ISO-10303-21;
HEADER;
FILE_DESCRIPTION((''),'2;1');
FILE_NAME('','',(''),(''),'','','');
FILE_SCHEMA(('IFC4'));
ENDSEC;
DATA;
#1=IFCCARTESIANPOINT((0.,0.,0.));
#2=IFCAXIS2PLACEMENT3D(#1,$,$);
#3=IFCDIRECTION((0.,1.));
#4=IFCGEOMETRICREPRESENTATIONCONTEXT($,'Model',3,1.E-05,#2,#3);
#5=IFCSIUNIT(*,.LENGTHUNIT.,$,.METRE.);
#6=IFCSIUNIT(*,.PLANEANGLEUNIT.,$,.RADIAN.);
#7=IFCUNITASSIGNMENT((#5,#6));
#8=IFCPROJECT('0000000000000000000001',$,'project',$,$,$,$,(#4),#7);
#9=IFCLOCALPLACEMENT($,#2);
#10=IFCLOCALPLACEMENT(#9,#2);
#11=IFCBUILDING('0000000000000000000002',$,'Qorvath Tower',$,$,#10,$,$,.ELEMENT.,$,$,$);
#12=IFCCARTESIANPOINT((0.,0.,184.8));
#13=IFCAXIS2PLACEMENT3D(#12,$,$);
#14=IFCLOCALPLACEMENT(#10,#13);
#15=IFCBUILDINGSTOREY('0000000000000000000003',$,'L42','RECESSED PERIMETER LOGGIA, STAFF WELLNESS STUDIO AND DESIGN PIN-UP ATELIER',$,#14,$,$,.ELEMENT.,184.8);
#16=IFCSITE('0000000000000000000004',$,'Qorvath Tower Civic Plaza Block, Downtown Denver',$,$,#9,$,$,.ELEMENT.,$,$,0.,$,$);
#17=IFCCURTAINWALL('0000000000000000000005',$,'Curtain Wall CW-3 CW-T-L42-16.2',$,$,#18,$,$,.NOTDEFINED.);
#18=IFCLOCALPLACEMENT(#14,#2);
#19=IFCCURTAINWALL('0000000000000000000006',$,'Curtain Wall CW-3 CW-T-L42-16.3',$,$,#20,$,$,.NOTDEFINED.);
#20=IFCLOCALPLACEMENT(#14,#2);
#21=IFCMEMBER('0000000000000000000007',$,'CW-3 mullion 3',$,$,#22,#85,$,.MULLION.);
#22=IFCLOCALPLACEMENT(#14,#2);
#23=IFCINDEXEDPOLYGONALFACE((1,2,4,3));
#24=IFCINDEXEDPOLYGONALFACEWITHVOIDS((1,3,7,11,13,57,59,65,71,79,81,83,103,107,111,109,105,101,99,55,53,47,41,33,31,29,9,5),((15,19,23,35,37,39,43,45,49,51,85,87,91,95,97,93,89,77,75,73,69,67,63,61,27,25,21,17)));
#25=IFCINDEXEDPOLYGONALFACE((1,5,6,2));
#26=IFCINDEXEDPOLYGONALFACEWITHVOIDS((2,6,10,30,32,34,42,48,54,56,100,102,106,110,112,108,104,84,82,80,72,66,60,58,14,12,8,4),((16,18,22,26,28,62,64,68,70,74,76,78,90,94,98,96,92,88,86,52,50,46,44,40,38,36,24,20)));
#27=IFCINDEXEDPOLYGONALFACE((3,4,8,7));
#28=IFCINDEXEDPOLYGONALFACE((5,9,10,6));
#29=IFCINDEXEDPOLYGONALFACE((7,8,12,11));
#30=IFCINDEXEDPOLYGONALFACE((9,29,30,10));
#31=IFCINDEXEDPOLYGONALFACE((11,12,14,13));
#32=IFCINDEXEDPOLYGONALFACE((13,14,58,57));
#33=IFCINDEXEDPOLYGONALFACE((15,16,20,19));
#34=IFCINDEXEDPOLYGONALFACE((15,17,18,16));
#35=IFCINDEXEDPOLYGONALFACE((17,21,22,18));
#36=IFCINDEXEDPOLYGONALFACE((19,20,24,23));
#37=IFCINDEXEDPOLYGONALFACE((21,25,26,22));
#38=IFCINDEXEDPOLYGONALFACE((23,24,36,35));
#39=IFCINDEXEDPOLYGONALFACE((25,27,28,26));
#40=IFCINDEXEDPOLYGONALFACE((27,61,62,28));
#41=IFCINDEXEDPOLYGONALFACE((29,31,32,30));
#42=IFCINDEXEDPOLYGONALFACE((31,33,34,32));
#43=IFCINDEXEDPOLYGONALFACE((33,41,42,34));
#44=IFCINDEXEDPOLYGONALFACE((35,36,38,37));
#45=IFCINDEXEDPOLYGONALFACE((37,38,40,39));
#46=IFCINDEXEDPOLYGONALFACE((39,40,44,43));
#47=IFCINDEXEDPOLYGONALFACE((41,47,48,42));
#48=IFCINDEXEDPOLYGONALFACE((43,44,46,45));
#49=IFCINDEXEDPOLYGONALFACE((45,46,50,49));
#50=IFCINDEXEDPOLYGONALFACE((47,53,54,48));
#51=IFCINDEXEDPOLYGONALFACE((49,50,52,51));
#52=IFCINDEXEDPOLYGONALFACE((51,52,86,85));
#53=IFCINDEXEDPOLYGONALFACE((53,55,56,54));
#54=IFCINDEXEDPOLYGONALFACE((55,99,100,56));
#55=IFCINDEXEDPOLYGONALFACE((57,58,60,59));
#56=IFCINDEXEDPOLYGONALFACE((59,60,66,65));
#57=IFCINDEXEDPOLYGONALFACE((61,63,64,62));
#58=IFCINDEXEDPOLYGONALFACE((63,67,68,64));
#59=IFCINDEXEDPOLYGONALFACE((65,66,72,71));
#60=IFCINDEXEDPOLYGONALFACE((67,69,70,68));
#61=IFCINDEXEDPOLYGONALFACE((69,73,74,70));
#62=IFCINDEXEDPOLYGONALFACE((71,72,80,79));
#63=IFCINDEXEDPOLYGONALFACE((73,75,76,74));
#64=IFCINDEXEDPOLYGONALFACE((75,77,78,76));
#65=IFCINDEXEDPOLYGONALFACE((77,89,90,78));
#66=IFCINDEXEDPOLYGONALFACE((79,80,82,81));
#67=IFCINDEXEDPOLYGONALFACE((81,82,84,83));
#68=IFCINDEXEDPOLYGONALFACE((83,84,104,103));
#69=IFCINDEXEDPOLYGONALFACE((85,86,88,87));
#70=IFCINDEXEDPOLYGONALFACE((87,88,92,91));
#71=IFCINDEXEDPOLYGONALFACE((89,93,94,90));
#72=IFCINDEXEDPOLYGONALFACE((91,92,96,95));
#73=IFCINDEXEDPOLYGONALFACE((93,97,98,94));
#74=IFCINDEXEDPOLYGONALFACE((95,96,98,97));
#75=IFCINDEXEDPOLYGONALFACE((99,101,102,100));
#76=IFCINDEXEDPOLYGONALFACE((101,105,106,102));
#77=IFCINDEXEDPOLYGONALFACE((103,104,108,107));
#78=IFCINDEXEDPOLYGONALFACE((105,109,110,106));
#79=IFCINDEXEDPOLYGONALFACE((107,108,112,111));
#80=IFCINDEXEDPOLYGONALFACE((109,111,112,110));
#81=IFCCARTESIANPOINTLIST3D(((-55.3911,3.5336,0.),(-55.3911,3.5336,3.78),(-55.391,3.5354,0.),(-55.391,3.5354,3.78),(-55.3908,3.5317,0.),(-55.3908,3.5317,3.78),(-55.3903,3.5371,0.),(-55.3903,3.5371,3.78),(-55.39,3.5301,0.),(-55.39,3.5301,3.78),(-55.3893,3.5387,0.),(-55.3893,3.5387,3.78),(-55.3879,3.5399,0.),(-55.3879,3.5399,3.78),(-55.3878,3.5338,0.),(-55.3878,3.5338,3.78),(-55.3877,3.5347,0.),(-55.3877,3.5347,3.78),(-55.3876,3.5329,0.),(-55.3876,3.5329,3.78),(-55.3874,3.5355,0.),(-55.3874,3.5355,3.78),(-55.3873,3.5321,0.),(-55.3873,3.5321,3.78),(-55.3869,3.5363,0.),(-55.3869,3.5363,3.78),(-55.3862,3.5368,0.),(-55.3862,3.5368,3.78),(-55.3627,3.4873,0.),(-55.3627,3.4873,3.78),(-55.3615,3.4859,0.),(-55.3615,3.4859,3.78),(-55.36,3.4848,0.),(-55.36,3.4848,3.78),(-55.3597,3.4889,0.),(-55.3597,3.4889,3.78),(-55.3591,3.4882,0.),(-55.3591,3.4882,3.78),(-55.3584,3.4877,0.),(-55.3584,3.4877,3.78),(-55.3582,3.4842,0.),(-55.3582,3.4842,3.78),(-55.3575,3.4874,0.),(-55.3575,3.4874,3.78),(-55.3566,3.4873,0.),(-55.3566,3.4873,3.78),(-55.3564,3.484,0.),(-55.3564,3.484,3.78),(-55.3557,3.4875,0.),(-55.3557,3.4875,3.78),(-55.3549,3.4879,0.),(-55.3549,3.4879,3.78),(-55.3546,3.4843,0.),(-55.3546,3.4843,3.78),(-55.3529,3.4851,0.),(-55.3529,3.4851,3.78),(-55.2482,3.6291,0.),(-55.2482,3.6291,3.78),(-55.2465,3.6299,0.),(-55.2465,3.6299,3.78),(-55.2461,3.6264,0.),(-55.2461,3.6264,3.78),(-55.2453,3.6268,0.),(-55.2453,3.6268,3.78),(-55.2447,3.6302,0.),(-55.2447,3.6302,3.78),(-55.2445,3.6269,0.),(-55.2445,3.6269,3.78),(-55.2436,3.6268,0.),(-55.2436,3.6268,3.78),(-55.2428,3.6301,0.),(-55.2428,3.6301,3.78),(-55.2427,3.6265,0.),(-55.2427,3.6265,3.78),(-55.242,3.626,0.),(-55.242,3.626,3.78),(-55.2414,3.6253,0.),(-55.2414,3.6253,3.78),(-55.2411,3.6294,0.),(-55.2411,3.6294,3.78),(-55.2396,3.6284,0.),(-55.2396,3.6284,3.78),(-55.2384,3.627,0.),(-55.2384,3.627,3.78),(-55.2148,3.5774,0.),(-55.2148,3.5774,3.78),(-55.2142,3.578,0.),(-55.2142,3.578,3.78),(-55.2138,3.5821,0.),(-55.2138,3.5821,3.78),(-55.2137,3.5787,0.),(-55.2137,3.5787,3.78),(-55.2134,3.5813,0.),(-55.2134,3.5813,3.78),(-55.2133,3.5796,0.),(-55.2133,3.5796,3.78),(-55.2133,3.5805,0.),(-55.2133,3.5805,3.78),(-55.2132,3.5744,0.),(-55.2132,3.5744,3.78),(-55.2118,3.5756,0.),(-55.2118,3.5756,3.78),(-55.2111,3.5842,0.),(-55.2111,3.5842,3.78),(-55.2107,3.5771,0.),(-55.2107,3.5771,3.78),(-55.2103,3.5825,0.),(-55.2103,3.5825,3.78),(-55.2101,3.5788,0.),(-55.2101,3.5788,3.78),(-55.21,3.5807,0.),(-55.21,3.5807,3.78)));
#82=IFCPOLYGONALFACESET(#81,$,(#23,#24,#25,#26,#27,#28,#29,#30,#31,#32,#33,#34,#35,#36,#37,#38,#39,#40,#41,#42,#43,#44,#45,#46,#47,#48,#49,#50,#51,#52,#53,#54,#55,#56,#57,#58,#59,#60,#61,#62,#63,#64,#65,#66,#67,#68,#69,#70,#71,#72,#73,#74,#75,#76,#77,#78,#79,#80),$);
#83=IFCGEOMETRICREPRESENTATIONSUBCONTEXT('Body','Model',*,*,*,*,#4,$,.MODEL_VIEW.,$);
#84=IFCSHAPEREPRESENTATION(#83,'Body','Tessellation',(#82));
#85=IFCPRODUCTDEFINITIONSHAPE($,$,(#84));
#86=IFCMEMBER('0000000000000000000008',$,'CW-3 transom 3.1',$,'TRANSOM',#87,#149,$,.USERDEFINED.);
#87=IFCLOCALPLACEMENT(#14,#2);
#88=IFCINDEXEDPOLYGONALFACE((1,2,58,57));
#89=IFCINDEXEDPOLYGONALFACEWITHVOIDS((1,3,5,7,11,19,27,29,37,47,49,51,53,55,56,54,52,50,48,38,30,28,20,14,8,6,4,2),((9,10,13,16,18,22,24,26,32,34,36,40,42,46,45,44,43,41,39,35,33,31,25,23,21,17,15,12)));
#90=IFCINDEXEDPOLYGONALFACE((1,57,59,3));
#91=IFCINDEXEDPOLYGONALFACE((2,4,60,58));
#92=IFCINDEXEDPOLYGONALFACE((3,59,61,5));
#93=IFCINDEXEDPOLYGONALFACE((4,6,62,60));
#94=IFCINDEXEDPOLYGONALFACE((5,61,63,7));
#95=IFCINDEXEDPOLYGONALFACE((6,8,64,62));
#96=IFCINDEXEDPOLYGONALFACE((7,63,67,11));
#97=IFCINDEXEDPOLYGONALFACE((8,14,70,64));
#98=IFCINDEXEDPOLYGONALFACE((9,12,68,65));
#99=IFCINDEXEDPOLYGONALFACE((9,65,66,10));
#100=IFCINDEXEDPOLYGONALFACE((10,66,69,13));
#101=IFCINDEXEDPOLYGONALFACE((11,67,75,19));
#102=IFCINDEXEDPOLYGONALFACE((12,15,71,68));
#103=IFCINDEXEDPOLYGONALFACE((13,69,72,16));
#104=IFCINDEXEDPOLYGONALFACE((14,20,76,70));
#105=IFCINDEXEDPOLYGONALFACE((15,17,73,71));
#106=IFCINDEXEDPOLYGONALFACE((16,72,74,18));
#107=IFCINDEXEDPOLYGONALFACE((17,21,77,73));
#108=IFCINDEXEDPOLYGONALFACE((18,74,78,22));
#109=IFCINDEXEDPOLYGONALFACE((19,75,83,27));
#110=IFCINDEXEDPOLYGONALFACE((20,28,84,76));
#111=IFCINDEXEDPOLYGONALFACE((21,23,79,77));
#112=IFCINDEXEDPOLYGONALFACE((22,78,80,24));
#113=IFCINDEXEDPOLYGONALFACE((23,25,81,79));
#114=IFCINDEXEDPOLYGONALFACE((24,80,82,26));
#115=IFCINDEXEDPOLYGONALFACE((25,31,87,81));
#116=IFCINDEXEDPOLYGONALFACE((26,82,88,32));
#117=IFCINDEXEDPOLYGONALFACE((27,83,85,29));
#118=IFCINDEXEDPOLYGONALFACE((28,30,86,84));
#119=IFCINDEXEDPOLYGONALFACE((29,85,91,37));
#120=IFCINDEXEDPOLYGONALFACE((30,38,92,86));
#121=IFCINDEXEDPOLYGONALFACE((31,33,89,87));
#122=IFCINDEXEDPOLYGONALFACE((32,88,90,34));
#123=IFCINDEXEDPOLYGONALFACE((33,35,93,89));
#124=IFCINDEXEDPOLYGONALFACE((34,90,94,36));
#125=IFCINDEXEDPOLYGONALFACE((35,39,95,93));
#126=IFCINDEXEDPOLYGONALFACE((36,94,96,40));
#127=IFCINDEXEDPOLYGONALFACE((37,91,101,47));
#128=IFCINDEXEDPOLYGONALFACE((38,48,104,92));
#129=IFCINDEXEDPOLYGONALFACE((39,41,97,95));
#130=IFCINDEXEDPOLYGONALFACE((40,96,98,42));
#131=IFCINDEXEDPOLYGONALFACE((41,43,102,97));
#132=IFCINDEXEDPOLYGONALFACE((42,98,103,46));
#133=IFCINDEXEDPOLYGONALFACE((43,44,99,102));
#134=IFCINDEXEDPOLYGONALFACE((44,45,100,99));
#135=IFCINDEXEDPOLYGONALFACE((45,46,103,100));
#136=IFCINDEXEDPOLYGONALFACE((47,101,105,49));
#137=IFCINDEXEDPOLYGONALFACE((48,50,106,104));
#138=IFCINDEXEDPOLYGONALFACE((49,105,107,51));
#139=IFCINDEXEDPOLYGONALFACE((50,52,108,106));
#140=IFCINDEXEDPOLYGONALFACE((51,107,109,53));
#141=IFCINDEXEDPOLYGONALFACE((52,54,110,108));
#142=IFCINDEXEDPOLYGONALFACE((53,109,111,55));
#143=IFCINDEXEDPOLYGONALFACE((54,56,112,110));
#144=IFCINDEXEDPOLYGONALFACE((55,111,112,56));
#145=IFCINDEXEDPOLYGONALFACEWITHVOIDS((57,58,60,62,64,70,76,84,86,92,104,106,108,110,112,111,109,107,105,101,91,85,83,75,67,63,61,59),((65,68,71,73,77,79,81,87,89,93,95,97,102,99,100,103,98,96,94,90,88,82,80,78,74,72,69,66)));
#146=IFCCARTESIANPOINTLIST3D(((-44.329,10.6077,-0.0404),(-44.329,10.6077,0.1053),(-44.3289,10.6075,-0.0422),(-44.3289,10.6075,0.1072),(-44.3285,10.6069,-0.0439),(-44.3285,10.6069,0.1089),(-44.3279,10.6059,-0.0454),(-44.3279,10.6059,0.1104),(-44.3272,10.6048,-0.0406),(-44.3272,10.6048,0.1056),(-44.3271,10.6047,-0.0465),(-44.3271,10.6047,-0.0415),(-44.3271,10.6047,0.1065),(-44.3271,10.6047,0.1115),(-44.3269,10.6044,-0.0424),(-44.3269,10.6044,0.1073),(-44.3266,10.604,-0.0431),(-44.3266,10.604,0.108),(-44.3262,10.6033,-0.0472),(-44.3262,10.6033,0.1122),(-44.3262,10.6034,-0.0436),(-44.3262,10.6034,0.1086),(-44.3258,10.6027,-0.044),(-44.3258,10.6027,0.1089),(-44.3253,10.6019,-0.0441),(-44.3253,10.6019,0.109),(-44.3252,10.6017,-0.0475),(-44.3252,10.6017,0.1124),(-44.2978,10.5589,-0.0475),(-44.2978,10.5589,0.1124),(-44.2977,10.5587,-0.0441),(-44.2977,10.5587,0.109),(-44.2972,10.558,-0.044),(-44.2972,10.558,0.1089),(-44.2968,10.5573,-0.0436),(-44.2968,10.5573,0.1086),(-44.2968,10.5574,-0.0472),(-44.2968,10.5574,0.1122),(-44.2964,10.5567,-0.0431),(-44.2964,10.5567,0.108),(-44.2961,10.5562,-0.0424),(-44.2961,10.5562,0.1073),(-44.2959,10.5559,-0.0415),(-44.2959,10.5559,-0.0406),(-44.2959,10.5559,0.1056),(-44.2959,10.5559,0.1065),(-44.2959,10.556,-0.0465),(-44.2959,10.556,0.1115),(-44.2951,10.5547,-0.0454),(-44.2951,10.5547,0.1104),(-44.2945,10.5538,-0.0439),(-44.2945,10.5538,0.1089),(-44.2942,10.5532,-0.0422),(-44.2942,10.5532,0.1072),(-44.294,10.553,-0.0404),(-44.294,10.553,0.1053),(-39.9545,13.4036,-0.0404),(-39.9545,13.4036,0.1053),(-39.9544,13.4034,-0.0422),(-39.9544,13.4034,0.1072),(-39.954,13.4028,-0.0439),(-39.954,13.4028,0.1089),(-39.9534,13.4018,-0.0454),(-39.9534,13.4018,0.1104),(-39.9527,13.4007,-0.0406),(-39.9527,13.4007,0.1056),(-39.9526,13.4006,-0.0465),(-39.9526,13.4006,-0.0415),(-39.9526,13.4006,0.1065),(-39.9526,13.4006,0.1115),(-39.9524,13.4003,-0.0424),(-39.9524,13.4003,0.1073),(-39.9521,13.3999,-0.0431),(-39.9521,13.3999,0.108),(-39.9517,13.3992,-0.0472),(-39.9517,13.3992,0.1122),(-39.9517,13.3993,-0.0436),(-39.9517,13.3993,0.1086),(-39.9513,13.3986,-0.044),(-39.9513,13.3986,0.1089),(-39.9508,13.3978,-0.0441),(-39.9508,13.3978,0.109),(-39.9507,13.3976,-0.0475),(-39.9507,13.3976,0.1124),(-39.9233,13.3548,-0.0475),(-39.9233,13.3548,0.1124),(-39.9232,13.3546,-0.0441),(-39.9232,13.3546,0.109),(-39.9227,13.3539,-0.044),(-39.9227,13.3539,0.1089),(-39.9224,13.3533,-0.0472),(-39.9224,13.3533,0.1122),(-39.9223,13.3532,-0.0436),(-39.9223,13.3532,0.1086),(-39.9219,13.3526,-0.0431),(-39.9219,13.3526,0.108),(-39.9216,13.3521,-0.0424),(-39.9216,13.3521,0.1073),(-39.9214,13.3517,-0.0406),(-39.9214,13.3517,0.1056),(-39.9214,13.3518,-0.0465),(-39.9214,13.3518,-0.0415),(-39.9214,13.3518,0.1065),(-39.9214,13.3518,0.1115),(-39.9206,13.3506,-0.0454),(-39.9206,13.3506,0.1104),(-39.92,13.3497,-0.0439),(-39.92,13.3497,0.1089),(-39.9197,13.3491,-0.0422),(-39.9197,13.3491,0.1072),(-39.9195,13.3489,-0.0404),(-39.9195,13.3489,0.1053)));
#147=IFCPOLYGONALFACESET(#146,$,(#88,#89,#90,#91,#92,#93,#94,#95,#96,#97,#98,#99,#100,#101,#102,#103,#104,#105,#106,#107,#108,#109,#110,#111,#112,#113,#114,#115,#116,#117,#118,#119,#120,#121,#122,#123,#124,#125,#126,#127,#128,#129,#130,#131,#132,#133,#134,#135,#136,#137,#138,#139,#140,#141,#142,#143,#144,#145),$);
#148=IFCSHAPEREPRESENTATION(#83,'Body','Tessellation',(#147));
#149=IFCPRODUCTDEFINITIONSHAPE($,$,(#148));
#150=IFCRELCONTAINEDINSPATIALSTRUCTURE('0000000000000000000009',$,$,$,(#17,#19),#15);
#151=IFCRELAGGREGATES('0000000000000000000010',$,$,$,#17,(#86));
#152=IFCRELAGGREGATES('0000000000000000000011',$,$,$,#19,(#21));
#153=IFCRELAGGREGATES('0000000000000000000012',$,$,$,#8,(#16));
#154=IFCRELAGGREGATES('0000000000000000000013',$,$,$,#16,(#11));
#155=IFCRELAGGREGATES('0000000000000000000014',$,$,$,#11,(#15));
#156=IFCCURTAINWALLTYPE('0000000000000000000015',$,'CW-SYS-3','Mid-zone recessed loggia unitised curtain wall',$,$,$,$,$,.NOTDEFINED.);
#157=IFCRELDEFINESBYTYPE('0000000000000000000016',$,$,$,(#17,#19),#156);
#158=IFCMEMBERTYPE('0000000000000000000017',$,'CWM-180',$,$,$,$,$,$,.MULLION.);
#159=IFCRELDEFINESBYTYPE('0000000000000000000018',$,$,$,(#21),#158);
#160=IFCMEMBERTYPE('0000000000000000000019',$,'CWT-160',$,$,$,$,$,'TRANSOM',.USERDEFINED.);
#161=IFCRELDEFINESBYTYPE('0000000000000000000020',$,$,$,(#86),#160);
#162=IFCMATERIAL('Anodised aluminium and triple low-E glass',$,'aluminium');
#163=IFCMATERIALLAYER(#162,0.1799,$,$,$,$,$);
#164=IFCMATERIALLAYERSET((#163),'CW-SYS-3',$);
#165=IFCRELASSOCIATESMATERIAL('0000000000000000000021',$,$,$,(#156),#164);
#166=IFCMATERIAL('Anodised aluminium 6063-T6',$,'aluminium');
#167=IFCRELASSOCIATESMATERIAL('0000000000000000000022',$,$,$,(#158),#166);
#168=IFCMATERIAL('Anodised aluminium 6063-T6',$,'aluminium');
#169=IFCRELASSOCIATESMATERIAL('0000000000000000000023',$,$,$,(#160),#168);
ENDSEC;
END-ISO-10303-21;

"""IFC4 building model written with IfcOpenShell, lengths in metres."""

from ifc_helpers import new_model, si_unit, direction, frame, origin, origin_2d, place, context, subcontext, project, spatial, hollow_rectangle, extrude, material, layer, layer_set, material_profile, profile_set, type_object, element, aggregate, save


model = new_model("IFC4")

# Units and contexts
model_context = context("Model", 3, precision=1e-05, world=origin(), true_north=direction((0.0, 1.0)))
body_context = subcontext(model_context, "Body", "Model", "MODEL_VIEW")
ifc_project = project(units=[si_unit("LENGTHUNIT", "METRE"), si_unit("PLANEANGLEUNIT", "RADIAN")], contexts=[model_context])

# Site, building, storey
site_placement = place(None, origin())
site = spatial("IfcSite", under=ifc_project, at=site_placement, Name="Qorvath Tower Civic Plaza Block, Downtown Denver", CompositionType="ELEMENT", RefElevation=0.0)
building_placement = place(site_placement, origin())
building = spatial("IfcBuilding", under=site, at=building_placement, Name="Qorvath Tower", CompositionType="ELEMENT")
storey_placement = place(building_placement, frame((0.0, 0.0, 184.8)))
storey = spatial("IfcBuildingStorey", under=building, at=storey_placement, Name="L42", Description="RECESSED PERIMETER LOGGIA, STAFF WELLNESS STUDIO AND DESIGN PIN-UP ATELIER", CompositionType="ELEMENT", Elevation=184.8)

# Curtain walls, member
ifc_material_1 = material(Name="Anodised aluminium and triple low-E glass", Category="aluminium")
ifc_layer_1 = layer(ifc_material_1, 0.1799)
ifc_layer_set_1 = layer_set([ifc_layer_1], Name="CW-SYS-3")
curtain_wall_type = type_object("IfcCurtainWallType", Name="CW-SYS-3", Description="Mid-zone recessed loggia unitised curtain wall", PredefinedType="NOTDEFINED", material=ifc_layer_set_1)
curtain_wall_1_placement = place(storey_placement, origin())
curtain_wall_1 = element("IfcCurtainWall", 1, at=curtain_wall_1_placement, inside=storey, type_object=curtain_wall_type, Name="Curtain Wall CW-3 CW-T-L42-16.2", PredefinedType="NOTDEFINED")
ifc_material_2 = material(Name="Anodised aluminium 6063-T6", Category="aluminium")
ifc_material_profile_1 = material_profile(ifc_material_2, hollow_rectangle(XDim=0.0649, YDim=0.1799, WallThickness=0.0034, InnerFilletRadius=0.0034, OuterFilletRadius=0.0071, at=origin_2d()), Name="CWM 180x65")
ifc_profile_set_1 = profile_set([ifc_material_profile_1], Name="Anodised aluminium 6063-T6")
member_type_1 = type_object("IfcMemberType", Name="CWM-180", PredefinedType="MULLION", material=ifc_profile_set_1)
curtain_wall_2_placement = place(storey_placement, origin())
curtain_wall_2 = element("IfcCurtainWall", 2, at=curtain_wall_2_placement, inside=storey, type_object=curtain_wall_type, Name="Curtain Wall CW-3 CW-T-L42-16.3", PredefinedType="NOTDEFINED")
member_1_placement = place(storey_placement, frame((-55.3005, 3.5571, 0.0), z_axis=(0.0, 0.0, 1.0), x_axis=(0.538528, -0.842607, 0.0)))
member_1 = element("IfcMember", 3, at=member_1_placement, type_object=member_type_1, Name="CW-3 mullion 3", PredefinedType="MULLION", context=body_context, shape_type="SweptSolid", body=[
    extrude(hollow_rectangle(XDim=0.0649, YDim=0.1799, WallThickness=0.0034, InnerFilletRadius=0.0034, OuterFilletRadius=0.0071, at=origin_2d()), origin(), (0.0, 0.0, 1.0), 3.78),
])

# Member
ifc_material_3 = material(Name="Anodised aluminium 6063-T6", Category="aluminium")
ifc_material_profile_2 = material_profile(ifc_material_3, hollow_rectangle(XDim=0.0649, YDim=0.1599, WallThickness=0.0034, InnerFilletRadius=0.0034, OuterFilletRadius=0.0071, at=origin_2d()), Name="CWT 160x65")
ifc_profile_set_2 = profile_set([ifc_material_profile_2], Name="Anodised aluminium 6063-T6")
member_type_2 = type_object("IfcMemberType", Name="CWT-160", ElementType="TRANSOM", PredefinedType="USERDEFINED", material=ifc_profile_set_2)
member_2_placement = place(storey_placement, frame((-39.937, 13.3762, 0.0325), z_axis=(-0.842603, -0.538536, 0.0), x_axis=(0.538536, -0.842603, 0.0)))
member_2 = element("IfcMember", 4, at=member_2_placement, type_object=member_type_2, Name="CW-3 transom 3.1", ObjectType="TRANSOM", PredefinedType="USERDEFINED", context=body_context, shape_type="SweptSolid", body=[
    extrude(hollow_rectangle(XDim=0.0649, YDim=0.1599, WallThickness=0.0034, InnerFilletRadius=0.0034, OuterFilletRadius=0.0071, at=origin_2d()), origin(), (0.0, 0.0, 1.0), 5.1917),
])

aggregate(curtain_wall_1, [member_2])
aggregate(curtain_wall_2, [member_1])

save(model, "model.ifc")
